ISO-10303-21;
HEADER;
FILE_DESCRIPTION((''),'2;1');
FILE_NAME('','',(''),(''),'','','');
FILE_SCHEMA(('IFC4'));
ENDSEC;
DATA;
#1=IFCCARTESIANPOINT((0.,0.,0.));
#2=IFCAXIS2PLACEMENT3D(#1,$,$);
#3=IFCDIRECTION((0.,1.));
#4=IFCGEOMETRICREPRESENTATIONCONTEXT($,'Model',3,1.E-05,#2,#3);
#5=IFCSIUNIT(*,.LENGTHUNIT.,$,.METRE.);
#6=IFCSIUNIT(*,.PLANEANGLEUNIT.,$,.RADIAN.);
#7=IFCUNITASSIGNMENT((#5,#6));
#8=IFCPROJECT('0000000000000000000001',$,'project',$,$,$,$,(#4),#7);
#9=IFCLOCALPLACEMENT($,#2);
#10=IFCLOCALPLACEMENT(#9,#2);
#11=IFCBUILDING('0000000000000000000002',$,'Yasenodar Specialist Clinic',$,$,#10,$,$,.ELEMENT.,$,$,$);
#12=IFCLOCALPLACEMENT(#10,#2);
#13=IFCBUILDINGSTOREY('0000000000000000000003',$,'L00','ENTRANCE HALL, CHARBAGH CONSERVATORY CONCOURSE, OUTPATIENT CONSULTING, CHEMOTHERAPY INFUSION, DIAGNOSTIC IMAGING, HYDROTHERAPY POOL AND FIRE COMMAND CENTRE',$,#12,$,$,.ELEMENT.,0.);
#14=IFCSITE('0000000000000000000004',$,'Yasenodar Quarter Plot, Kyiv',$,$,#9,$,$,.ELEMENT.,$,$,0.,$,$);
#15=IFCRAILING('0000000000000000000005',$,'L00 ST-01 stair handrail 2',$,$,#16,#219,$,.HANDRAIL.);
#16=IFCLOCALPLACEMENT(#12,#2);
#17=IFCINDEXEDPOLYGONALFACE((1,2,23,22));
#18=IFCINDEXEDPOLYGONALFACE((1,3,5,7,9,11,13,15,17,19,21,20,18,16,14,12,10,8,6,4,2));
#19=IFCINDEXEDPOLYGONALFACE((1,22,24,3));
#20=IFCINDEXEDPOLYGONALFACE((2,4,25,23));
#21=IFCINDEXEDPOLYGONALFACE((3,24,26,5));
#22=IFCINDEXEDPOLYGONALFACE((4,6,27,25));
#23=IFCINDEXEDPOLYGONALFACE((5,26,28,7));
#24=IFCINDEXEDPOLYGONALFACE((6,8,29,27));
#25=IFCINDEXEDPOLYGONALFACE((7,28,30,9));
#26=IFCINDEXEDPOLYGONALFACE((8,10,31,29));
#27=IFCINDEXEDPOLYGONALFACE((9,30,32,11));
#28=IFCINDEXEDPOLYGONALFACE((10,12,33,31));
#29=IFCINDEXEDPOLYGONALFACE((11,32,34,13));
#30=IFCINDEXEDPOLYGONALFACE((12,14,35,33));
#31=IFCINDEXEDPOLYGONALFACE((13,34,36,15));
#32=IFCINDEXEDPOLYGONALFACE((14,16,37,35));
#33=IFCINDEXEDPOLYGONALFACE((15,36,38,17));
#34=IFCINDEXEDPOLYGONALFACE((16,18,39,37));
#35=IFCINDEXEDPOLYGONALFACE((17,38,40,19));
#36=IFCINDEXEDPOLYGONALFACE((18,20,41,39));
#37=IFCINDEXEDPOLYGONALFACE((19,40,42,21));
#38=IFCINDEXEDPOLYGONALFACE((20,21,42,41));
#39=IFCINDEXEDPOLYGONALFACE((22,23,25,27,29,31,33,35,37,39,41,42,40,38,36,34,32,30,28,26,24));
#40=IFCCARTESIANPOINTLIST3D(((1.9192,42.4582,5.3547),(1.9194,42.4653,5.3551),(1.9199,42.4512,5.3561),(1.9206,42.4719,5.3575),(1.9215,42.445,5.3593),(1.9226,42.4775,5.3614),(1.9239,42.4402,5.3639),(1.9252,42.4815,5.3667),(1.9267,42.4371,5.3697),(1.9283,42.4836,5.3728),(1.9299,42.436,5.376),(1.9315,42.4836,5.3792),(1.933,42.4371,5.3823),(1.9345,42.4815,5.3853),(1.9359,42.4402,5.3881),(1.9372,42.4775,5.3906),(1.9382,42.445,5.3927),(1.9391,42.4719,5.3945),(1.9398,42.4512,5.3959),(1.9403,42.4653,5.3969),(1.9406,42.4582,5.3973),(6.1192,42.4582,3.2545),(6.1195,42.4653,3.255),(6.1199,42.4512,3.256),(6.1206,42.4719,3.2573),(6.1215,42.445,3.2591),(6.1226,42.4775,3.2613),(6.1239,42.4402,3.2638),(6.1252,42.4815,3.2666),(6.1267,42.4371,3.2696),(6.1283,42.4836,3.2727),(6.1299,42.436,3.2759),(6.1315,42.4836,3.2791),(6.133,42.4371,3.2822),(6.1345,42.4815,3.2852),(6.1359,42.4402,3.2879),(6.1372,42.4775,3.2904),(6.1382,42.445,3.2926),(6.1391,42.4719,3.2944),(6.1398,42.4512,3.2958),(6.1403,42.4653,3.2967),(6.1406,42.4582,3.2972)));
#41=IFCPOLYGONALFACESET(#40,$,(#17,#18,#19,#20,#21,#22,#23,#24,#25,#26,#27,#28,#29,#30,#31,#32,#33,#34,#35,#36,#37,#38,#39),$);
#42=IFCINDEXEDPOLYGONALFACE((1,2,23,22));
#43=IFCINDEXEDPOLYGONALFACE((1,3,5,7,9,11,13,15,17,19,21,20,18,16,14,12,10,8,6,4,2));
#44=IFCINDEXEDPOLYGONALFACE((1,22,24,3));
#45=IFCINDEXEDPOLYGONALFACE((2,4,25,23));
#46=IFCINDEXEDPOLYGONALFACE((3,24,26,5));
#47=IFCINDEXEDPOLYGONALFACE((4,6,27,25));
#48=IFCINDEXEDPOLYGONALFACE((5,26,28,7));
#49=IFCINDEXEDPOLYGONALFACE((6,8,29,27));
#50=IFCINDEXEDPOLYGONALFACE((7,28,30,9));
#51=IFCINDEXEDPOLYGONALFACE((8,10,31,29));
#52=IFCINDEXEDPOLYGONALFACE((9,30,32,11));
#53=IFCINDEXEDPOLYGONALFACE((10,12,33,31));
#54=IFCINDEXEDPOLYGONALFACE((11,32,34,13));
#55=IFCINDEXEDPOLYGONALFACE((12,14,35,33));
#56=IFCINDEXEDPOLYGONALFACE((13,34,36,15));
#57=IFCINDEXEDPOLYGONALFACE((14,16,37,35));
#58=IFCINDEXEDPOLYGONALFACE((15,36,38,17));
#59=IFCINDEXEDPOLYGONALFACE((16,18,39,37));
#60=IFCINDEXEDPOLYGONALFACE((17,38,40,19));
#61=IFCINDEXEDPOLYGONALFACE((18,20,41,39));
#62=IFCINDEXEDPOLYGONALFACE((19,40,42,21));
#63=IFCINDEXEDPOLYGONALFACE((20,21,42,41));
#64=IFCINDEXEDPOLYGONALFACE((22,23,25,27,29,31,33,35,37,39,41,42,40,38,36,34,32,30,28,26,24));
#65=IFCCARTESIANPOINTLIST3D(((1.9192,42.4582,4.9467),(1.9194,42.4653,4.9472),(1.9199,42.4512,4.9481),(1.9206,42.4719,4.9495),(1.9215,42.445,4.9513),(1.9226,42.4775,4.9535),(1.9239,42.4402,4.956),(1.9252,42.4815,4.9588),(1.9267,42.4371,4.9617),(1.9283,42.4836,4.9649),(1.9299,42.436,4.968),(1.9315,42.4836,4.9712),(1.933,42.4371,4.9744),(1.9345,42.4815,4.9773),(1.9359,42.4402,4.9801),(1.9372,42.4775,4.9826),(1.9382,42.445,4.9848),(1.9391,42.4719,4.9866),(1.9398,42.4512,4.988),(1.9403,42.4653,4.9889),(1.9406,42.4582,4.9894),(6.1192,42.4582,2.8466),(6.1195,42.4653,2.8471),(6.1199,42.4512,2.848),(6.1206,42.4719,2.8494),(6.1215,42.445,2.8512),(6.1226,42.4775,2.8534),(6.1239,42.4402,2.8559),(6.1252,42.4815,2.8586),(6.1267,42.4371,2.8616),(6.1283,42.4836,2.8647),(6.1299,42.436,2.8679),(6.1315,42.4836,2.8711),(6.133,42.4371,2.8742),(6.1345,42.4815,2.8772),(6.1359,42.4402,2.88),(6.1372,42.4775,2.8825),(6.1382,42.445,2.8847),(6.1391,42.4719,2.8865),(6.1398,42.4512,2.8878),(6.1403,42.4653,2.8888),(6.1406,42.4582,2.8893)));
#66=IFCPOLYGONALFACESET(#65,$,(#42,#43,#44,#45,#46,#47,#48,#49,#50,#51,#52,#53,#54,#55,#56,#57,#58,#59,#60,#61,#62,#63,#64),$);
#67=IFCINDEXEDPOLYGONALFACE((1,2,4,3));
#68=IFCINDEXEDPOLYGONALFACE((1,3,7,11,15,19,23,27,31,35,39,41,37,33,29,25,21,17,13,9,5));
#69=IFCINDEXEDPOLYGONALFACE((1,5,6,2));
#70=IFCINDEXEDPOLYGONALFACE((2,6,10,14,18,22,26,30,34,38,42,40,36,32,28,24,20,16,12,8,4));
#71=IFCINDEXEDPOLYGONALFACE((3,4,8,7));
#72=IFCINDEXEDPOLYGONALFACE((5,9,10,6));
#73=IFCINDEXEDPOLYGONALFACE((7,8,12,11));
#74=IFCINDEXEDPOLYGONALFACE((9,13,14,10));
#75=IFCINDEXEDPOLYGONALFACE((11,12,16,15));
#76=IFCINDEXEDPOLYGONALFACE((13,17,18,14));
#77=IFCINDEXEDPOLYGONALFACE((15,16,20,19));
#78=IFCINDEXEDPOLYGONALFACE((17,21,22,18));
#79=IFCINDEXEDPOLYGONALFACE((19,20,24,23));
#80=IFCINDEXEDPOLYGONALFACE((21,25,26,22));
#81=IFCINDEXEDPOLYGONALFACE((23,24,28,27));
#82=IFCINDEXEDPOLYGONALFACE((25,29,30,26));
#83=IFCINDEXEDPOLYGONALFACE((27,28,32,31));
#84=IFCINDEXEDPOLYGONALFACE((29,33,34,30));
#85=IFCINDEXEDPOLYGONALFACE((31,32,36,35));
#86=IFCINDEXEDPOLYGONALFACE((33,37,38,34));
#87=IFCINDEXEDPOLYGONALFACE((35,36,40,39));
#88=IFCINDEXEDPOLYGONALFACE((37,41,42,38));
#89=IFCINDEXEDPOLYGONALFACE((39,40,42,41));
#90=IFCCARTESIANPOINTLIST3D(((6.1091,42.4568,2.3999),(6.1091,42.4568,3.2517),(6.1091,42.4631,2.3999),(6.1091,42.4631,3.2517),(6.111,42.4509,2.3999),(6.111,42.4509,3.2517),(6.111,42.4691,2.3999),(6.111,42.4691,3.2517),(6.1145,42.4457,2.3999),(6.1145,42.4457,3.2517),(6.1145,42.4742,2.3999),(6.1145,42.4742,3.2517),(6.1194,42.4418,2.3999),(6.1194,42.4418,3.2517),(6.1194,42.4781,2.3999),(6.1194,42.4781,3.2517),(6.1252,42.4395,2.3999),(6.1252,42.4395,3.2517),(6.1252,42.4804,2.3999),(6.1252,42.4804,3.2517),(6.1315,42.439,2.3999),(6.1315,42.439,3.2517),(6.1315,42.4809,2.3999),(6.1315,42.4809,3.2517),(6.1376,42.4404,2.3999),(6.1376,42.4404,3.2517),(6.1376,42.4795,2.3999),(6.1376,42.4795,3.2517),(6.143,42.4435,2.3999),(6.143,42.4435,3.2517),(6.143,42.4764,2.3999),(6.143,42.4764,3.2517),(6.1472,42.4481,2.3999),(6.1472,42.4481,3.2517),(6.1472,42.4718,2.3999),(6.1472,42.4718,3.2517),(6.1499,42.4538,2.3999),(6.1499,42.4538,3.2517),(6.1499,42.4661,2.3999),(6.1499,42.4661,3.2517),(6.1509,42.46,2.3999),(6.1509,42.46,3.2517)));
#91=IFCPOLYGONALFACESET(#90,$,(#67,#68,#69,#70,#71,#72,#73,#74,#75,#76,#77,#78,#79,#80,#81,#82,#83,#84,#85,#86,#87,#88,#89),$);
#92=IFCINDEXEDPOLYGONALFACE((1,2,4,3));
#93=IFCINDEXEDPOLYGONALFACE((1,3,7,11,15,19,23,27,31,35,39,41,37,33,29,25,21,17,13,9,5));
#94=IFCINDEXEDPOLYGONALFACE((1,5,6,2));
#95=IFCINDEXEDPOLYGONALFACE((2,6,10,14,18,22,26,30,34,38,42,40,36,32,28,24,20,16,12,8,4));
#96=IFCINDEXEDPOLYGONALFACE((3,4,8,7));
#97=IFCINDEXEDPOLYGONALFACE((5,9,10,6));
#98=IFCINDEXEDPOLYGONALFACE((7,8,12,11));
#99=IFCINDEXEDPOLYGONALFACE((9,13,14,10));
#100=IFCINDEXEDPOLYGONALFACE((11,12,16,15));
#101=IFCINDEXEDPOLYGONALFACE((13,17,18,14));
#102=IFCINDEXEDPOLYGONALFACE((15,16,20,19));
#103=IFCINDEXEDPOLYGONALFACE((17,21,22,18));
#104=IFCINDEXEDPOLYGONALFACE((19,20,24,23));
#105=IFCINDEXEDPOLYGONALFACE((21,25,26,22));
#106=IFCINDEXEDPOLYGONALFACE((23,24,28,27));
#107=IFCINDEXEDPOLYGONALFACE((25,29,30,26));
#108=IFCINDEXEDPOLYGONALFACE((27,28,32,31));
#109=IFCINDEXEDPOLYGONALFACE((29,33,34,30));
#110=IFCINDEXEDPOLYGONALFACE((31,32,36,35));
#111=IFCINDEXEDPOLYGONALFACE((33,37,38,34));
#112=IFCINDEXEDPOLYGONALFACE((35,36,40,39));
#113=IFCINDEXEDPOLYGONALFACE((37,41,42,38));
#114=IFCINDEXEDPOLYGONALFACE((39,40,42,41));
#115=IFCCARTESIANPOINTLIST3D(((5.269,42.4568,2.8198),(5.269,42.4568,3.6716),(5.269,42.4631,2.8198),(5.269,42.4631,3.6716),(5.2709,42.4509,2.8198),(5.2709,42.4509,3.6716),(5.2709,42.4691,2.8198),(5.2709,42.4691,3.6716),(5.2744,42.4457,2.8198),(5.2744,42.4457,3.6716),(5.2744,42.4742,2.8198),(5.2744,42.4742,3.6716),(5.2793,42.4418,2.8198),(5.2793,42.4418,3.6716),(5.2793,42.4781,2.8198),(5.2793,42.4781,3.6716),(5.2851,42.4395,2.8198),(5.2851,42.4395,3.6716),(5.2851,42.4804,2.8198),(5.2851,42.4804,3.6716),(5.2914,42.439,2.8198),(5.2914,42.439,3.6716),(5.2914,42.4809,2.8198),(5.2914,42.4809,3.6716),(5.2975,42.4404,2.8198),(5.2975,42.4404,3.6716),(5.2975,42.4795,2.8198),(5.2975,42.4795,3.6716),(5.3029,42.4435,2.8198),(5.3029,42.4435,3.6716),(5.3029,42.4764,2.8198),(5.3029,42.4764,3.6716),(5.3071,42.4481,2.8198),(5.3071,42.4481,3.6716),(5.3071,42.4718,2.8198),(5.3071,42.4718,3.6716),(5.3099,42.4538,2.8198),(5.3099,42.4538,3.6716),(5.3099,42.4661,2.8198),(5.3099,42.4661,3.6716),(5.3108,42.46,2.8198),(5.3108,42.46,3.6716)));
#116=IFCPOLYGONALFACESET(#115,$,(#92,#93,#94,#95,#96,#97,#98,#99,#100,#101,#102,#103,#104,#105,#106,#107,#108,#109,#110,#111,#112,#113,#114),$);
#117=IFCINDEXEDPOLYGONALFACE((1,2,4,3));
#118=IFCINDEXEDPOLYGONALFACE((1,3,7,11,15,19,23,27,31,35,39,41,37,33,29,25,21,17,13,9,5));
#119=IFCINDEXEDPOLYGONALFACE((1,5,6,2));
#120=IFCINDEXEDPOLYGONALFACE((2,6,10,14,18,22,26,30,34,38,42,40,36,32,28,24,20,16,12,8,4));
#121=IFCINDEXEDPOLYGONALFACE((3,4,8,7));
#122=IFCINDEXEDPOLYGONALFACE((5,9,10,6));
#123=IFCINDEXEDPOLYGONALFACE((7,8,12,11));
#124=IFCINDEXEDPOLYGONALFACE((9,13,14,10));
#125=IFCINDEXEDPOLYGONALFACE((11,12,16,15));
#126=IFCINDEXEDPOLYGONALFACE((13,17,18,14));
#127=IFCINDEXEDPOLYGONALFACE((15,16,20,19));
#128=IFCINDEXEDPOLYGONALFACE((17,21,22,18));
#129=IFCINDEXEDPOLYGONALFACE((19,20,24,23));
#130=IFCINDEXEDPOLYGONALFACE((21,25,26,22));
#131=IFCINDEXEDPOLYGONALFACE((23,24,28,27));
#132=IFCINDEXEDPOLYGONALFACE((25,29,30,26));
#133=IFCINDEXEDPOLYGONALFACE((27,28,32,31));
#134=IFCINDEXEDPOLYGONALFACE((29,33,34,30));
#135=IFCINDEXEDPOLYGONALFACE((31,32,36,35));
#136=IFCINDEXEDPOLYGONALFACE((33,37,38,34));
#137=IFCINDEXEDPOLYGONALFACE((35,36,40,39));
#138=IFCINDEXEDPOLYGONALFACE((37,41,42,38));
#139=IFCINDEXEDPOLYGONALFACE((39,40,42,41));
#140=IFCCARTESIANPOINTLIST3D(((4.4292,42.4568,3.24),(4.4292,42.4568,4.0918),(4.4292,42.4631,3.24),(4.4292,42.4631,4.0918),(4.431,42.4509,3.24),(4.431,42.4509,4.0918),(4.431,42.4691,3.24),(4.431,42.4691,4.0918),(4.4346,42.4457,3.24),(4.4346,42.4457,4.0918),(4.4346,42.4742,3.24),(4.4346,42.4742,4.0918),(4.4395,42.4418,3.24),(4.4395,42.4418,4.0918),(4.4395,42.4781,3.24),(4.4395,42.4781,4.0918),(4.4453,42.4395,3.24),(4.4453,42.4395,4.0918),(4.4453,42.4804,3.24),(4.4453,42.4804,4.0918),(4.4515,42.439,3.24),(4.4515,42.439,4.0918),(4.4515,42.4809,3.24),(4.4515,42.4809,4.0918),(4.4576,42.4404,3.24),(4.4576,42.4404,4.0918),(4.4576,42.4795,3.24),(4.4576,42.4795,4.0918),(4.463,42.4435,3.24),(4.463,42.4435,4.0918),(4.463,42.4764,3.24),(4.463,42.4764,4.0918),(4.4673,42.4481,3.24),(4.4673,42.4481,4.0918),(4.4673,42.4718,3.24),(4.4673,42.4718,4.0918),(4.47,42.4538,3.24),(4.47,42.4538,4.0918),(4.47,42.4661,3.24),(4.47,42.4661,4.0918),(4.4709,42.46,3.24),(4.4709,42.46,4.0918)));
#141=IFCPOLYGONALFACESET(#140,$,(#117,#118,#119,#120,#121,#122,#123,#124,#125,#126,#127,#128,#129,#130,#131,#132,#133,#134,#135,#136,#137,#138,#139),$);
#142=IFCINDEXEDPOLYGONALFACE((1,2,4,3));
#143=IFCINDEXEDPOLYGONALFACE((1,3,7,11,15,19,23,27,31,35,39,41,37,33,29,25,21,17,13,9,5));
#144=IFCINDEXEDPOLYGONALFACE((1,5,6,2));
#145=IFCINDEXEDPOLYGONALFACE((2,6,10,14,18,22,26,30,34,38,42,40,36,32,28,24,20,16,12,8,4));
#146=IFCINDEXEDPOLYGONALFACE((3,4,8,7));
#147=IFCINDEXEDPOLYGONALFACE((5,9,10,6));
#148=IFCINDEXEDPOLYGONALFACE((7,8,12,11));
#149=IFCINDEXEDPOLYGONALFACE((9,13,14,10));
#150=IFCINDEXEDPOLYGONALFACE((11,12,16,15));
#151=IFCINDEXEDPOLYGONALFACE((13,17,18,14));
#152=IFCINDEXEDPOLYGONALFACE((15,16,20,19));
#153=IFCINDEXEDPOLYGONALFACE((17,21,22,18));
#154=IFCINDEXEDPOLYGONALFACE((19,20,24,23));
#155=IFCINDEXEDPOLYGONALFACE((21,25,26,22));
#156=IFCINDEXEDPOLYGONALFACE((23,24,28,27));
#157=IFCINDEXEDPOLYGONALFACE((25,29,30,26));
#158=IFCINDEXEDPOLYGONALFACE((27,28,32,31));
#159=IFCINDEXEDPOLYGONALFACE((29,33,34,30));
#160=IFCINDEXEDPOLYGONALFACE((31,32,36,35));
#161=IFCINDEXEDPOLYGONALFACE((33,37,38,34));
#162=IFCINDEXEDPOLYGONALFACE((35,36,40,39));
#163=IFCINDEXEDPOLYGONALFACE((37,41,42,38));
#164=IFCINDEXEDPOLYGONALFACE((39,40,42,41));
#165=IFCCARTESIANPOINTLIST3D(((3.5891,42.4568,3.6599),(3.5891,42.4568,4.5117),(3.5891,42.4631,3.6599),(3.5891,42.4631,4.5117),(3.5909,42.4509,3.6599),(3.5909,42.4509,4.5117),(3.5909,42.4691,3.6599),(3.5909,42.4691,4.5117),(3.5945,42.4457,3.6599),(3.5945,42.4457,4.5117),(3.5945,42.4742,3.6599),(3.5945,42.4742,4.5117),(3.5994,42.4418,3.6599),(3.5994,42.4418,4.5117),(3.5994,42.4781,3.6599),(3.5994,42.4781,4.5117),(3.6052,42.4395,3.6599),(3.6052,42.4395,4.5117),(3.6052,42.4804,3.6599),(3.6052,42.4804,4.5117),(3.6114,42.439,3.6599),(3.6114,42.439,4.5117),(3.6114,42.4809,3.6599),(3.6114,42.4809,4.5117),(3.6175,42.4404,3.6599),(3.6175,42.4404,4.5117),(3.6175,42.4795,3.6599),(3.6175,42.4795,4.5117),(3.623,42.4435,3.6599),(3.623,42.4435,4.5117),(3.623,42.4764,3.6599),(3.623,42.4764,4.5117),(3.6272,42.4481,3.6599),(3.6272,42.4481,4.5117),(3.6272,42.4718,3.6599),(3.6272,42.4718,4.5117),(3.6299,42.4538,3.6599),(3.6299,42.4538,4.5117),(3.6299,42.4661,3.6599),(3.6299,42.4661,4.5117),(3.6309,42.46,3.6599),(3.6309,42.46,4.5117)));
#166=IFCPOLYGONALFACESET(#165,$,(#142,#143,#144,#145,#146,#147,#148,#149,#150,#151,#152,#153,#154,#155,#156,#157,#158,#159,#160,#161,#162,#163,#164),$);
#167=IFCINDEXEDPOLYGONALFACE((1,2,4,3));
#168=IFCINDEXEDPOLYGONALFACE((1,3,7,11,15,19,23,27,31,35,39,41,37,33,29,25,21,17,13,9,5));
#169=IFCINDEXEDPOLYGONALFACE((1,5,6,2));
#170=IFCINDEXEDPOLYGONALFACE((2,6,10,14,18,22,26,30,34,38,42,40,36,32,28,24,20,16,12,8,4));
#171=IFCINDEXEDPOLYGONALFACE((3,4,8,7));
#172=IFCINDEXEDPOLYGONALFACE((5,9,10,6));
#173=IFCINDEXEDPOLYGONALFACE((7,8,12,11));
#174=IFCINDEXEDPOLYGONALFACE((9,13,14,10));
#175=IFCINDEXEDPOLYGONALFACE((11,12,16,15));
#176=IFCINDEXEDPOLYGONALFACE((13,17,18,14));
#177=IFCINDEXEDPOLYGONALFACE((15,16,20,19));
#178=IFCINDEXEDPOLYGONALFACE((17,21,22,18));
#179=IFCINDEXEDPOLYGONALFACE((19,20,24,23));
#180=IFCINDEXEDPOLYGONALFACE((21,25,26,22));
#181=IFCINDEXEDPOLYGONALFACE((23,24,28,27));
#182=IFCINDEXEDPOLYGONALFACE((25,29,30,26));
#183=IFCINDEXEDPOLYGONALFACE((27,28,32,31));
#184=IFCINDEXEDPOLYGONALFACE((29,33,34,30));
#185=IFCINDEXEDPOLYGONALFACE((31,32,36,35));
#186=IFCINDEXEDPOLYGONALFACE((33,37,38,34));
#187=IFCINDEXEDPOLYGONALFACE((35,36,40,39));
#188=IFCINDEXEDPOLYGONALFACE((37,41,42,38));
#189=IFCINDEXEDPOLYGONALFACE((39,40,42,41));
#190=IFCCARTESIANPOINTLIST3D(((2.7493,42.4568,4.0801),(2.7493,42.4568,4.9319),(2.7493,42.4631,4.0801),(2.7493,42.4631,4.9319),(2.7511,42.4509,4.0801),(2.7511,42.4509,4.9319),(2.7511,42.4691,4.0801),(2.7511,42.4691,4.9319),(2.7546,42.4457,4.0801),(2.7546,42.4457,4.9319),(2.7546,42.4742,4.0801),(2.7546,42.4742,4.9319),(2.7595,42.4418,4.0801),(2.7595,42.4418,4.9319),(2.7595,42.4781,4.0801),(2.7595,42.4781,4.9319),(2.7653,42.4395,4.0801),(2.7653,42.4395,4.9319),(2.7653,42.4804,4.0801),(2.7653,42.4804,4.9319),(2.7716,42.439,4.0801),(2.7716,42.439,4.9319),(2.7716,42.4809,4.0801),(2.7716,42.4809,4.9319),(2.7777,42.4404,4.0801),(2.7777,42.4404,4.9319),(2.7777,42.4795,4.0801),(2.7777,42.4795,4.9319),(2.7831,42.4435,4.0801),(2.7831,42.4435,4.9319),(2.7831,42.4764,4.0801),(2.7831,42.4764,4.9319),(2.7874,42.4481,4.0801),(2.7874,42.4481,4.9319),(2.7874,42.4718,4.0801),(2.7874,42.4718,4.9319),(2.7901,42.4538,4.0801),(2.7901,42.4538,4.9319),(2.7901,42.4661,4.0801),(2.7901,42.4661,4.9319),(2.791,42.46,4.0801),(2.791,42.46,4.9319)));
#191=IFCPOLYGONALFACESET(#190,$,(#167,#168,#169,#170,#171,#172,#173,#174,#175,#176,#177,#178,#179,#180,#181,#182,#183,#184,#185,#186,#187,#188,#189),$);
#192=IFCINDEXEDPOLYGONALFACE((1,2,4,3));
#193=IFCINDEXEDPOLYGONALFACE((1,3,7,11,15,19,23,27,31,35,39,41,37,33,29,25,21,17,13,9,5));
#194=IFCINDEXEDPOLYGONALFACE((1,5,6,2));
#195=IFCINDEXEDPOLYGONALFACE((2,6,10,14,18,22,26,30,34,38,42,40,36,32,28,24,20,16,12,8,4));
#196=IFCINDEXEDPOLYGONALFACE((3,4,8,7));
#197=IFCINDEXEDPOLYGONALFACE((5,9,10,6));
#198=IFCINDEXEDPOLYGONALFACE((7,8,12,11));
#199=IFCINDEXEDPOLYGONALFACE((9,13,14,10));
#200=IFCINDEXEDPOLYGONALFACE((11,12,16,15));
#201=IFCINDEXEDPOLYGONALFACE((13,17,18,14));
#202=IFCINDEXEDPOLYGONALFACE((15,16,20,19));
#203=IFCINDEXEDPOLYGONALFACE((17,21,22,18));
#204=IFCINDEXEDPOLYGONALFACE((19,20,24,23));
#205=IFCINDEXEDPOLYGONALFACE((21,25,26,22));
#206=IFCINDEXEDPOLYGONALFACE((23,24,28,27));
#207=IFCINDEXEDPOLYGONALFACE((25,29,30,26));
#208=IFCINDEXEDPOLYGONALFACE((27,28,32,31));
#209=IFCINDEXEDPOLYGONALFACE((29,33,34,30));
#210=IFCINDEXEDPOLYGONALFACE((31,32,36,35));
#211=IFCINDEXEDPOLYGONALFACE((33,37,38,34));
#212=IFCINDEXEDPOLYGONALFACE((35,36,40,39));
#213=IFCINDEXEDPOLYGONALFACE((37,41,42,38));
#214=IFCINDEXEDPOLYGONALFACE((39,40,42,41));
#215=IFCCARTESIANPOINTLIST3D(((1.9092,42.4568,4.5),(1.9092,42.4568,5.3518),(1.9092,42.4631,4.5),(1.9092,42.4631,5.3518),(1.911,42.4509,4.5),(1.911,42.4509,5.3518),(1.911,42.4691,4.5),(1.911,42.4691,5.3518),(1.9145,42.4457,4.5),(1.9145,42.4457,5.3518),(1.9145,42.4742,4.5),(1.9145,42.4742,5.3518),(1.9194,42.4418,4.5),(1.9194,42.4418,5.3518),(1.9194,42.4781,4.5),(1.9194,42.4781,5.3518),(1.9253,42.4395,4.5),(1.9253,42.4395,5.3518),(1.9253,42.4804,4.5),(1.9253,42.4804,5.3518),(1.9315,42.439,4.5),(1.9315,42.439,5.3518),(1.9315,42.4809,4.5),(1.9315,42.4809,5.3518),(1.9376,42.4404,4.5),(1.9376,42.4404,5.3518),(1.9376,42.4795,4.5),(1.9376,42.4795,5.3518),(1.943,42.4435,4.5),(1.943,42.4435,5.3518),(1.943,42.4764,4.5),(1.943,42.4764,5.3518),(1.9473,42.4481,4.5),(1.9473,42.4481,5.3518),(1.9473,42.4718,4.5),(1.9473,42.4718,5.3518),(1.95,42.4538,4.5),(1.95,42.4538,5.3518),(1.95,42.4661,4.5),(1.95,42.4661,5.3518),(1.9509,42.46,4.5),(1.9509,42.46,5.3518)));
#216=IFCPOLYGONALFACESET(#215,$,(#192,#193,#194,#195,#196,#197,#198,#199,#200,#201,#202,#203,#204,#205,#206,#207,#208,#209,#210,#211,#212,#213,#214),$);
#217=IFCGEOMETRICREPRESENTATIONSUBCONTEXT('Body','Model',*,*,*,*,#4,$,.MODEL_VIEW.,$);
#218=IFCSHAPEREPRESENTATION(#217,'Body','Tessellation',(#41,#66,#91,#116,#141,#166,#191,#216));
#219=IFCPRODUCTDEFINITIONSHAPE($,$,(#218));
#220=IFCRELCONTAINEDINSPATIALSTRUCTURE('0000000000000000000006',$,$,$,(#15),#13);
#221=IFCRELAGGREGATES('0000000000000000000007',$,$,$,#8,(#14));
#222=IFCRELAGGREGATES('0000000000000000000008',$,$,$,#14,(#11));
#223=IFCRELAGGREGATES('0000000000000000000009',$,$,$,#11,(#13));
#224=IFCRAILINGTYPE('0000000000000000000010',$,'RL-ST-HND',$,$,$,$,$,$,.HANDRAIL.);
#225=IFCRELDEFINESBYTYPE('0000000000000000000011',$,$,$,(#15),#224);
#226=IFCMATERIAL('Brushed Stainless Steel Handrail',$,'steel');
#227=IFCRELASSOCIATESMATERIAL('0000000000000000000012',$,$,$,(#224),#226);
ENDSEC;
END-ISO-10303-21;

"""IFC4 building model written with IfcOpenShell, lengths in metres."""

from ifc_helpers import new_model, si_unit, direction, frame, origin, origin_2d, place, context, subcontext, project, spatial, circle, extrude, material, type_object, element, save


model = new_model("IFC4")

# Units and contexts
model_context = context("Model", 3, precision=1e-05, world=origin(), true_north=direction((0.0, 1.0)))
body_context = subcontext(model_context, "Body", "Model", "MODEL_VIEW")
ifc_project = project(units=[si_unit("LENGTHUNIT", "METRE"), si_unit("PLANEANGLEUNIT", "RADIAN")], contexts=[model_context])

# Site, building, storey
site_placement = place(None, origin())
site = spatial("IfcSite", under=ifc_project, at=site_placement, Name="Yasenodar Quarter Plot, Kyiv", CompositionType="ELEMENT", RefElevation=0.0)
building_placement = place(site_placement, origin())
building = spatial("IfcBuilding", under=site, at=building_placement, Name="Yasenodar Specialist Clinic", CompositionType="ELEMENT")
storey_placement = place(building_placement, origin())
storey = spatial("IfcBuildingStorey", under=building, at=storey_placement, Name="L00", Description="ENTRANCE HALL, CHARBAGH CONSERVATORY CONCOURSE, OUTPATIENT CONSULTING, CHEMOTHERAPY INFUSION, DIAGNOSTIC IMAGING, HYDROTHERAPY POOL AND FIRE COMMAND CENTRE", CompositionType="ELEMENT", Elevation=0.0)

# Railing
ifc_material_1 = material(Name="Brushed Stainless Steel Handrail", Category="steel")
railing_type_1 = type_object("IfcRailingType", Name="RL-ST-HND", PredefinedType="HANDRAIL", material=ifc_material_1)
railing_1_placement = place(storey_placement, frame((6.1299, 42.46, 2.3999)))
element("IfcRailing", 1, at=railing_1_placement, inside=storey, type_object=railing_type_1, Name="L00 ST-01 stair handrail 2", PredefinedType="HANDRAIL", context=body_context, shape_type="SweptSolid", body=[
    extrude(circle(Radius=0.0239, at=origin_2d()), frame((0.0, 0.0, 0.876), z_axis=(-0.894417, 0.0, 0.447234), x_axis=(0.0, -1.0, 0.0)), (0.0, 0.0, 1.0), 4.6958),
    extrude(circle(Radius=0.0239, at=origin_2d()), frame((0.0, 0.0, 0.468), z_axis=(-0.894417, 0.0, 0.447234), x_axis=(0.0, -1.0, 0.0)), (0.0, 0.0, 1.0), 4.6958),
    extrude(circle(Radius=0.021, at=origin_2d()), origin(), (0.0, 0.0, 1.0), 0.8518),
    extrude(circle(Radius=0.021, at=origin_2d()), frame((-0.8401, 0.0, 0.4199)), (0.0, 0.0, 1.0), 0.8518),
    extrude(circle(Radius=0.021, at=origin_2d()), frame((-1.6799, 0.0, 0.8401)), (0.0, 0.0, 1.0), 0.8518),
    extrude(circle(Radius=0.021, at=origin_2d()), frame((-2.52, 0.0, 1.26)), (0.0, 0.0, 1.0), 0.8518),
    extrude(circle(Radius=0.021, at=origin_2d()), frame((-3.3599, 0.0, 1.6802)), (0.0, 0.0, 1.0), 0.8518),
    extrude(circle(Radius=0.021, at=origin_2d()), frame((-4.2, 0.0, 2.1001)), (0.0, 0.0, 1.0), 0.8518),
])

save(model, "model.ifc")
